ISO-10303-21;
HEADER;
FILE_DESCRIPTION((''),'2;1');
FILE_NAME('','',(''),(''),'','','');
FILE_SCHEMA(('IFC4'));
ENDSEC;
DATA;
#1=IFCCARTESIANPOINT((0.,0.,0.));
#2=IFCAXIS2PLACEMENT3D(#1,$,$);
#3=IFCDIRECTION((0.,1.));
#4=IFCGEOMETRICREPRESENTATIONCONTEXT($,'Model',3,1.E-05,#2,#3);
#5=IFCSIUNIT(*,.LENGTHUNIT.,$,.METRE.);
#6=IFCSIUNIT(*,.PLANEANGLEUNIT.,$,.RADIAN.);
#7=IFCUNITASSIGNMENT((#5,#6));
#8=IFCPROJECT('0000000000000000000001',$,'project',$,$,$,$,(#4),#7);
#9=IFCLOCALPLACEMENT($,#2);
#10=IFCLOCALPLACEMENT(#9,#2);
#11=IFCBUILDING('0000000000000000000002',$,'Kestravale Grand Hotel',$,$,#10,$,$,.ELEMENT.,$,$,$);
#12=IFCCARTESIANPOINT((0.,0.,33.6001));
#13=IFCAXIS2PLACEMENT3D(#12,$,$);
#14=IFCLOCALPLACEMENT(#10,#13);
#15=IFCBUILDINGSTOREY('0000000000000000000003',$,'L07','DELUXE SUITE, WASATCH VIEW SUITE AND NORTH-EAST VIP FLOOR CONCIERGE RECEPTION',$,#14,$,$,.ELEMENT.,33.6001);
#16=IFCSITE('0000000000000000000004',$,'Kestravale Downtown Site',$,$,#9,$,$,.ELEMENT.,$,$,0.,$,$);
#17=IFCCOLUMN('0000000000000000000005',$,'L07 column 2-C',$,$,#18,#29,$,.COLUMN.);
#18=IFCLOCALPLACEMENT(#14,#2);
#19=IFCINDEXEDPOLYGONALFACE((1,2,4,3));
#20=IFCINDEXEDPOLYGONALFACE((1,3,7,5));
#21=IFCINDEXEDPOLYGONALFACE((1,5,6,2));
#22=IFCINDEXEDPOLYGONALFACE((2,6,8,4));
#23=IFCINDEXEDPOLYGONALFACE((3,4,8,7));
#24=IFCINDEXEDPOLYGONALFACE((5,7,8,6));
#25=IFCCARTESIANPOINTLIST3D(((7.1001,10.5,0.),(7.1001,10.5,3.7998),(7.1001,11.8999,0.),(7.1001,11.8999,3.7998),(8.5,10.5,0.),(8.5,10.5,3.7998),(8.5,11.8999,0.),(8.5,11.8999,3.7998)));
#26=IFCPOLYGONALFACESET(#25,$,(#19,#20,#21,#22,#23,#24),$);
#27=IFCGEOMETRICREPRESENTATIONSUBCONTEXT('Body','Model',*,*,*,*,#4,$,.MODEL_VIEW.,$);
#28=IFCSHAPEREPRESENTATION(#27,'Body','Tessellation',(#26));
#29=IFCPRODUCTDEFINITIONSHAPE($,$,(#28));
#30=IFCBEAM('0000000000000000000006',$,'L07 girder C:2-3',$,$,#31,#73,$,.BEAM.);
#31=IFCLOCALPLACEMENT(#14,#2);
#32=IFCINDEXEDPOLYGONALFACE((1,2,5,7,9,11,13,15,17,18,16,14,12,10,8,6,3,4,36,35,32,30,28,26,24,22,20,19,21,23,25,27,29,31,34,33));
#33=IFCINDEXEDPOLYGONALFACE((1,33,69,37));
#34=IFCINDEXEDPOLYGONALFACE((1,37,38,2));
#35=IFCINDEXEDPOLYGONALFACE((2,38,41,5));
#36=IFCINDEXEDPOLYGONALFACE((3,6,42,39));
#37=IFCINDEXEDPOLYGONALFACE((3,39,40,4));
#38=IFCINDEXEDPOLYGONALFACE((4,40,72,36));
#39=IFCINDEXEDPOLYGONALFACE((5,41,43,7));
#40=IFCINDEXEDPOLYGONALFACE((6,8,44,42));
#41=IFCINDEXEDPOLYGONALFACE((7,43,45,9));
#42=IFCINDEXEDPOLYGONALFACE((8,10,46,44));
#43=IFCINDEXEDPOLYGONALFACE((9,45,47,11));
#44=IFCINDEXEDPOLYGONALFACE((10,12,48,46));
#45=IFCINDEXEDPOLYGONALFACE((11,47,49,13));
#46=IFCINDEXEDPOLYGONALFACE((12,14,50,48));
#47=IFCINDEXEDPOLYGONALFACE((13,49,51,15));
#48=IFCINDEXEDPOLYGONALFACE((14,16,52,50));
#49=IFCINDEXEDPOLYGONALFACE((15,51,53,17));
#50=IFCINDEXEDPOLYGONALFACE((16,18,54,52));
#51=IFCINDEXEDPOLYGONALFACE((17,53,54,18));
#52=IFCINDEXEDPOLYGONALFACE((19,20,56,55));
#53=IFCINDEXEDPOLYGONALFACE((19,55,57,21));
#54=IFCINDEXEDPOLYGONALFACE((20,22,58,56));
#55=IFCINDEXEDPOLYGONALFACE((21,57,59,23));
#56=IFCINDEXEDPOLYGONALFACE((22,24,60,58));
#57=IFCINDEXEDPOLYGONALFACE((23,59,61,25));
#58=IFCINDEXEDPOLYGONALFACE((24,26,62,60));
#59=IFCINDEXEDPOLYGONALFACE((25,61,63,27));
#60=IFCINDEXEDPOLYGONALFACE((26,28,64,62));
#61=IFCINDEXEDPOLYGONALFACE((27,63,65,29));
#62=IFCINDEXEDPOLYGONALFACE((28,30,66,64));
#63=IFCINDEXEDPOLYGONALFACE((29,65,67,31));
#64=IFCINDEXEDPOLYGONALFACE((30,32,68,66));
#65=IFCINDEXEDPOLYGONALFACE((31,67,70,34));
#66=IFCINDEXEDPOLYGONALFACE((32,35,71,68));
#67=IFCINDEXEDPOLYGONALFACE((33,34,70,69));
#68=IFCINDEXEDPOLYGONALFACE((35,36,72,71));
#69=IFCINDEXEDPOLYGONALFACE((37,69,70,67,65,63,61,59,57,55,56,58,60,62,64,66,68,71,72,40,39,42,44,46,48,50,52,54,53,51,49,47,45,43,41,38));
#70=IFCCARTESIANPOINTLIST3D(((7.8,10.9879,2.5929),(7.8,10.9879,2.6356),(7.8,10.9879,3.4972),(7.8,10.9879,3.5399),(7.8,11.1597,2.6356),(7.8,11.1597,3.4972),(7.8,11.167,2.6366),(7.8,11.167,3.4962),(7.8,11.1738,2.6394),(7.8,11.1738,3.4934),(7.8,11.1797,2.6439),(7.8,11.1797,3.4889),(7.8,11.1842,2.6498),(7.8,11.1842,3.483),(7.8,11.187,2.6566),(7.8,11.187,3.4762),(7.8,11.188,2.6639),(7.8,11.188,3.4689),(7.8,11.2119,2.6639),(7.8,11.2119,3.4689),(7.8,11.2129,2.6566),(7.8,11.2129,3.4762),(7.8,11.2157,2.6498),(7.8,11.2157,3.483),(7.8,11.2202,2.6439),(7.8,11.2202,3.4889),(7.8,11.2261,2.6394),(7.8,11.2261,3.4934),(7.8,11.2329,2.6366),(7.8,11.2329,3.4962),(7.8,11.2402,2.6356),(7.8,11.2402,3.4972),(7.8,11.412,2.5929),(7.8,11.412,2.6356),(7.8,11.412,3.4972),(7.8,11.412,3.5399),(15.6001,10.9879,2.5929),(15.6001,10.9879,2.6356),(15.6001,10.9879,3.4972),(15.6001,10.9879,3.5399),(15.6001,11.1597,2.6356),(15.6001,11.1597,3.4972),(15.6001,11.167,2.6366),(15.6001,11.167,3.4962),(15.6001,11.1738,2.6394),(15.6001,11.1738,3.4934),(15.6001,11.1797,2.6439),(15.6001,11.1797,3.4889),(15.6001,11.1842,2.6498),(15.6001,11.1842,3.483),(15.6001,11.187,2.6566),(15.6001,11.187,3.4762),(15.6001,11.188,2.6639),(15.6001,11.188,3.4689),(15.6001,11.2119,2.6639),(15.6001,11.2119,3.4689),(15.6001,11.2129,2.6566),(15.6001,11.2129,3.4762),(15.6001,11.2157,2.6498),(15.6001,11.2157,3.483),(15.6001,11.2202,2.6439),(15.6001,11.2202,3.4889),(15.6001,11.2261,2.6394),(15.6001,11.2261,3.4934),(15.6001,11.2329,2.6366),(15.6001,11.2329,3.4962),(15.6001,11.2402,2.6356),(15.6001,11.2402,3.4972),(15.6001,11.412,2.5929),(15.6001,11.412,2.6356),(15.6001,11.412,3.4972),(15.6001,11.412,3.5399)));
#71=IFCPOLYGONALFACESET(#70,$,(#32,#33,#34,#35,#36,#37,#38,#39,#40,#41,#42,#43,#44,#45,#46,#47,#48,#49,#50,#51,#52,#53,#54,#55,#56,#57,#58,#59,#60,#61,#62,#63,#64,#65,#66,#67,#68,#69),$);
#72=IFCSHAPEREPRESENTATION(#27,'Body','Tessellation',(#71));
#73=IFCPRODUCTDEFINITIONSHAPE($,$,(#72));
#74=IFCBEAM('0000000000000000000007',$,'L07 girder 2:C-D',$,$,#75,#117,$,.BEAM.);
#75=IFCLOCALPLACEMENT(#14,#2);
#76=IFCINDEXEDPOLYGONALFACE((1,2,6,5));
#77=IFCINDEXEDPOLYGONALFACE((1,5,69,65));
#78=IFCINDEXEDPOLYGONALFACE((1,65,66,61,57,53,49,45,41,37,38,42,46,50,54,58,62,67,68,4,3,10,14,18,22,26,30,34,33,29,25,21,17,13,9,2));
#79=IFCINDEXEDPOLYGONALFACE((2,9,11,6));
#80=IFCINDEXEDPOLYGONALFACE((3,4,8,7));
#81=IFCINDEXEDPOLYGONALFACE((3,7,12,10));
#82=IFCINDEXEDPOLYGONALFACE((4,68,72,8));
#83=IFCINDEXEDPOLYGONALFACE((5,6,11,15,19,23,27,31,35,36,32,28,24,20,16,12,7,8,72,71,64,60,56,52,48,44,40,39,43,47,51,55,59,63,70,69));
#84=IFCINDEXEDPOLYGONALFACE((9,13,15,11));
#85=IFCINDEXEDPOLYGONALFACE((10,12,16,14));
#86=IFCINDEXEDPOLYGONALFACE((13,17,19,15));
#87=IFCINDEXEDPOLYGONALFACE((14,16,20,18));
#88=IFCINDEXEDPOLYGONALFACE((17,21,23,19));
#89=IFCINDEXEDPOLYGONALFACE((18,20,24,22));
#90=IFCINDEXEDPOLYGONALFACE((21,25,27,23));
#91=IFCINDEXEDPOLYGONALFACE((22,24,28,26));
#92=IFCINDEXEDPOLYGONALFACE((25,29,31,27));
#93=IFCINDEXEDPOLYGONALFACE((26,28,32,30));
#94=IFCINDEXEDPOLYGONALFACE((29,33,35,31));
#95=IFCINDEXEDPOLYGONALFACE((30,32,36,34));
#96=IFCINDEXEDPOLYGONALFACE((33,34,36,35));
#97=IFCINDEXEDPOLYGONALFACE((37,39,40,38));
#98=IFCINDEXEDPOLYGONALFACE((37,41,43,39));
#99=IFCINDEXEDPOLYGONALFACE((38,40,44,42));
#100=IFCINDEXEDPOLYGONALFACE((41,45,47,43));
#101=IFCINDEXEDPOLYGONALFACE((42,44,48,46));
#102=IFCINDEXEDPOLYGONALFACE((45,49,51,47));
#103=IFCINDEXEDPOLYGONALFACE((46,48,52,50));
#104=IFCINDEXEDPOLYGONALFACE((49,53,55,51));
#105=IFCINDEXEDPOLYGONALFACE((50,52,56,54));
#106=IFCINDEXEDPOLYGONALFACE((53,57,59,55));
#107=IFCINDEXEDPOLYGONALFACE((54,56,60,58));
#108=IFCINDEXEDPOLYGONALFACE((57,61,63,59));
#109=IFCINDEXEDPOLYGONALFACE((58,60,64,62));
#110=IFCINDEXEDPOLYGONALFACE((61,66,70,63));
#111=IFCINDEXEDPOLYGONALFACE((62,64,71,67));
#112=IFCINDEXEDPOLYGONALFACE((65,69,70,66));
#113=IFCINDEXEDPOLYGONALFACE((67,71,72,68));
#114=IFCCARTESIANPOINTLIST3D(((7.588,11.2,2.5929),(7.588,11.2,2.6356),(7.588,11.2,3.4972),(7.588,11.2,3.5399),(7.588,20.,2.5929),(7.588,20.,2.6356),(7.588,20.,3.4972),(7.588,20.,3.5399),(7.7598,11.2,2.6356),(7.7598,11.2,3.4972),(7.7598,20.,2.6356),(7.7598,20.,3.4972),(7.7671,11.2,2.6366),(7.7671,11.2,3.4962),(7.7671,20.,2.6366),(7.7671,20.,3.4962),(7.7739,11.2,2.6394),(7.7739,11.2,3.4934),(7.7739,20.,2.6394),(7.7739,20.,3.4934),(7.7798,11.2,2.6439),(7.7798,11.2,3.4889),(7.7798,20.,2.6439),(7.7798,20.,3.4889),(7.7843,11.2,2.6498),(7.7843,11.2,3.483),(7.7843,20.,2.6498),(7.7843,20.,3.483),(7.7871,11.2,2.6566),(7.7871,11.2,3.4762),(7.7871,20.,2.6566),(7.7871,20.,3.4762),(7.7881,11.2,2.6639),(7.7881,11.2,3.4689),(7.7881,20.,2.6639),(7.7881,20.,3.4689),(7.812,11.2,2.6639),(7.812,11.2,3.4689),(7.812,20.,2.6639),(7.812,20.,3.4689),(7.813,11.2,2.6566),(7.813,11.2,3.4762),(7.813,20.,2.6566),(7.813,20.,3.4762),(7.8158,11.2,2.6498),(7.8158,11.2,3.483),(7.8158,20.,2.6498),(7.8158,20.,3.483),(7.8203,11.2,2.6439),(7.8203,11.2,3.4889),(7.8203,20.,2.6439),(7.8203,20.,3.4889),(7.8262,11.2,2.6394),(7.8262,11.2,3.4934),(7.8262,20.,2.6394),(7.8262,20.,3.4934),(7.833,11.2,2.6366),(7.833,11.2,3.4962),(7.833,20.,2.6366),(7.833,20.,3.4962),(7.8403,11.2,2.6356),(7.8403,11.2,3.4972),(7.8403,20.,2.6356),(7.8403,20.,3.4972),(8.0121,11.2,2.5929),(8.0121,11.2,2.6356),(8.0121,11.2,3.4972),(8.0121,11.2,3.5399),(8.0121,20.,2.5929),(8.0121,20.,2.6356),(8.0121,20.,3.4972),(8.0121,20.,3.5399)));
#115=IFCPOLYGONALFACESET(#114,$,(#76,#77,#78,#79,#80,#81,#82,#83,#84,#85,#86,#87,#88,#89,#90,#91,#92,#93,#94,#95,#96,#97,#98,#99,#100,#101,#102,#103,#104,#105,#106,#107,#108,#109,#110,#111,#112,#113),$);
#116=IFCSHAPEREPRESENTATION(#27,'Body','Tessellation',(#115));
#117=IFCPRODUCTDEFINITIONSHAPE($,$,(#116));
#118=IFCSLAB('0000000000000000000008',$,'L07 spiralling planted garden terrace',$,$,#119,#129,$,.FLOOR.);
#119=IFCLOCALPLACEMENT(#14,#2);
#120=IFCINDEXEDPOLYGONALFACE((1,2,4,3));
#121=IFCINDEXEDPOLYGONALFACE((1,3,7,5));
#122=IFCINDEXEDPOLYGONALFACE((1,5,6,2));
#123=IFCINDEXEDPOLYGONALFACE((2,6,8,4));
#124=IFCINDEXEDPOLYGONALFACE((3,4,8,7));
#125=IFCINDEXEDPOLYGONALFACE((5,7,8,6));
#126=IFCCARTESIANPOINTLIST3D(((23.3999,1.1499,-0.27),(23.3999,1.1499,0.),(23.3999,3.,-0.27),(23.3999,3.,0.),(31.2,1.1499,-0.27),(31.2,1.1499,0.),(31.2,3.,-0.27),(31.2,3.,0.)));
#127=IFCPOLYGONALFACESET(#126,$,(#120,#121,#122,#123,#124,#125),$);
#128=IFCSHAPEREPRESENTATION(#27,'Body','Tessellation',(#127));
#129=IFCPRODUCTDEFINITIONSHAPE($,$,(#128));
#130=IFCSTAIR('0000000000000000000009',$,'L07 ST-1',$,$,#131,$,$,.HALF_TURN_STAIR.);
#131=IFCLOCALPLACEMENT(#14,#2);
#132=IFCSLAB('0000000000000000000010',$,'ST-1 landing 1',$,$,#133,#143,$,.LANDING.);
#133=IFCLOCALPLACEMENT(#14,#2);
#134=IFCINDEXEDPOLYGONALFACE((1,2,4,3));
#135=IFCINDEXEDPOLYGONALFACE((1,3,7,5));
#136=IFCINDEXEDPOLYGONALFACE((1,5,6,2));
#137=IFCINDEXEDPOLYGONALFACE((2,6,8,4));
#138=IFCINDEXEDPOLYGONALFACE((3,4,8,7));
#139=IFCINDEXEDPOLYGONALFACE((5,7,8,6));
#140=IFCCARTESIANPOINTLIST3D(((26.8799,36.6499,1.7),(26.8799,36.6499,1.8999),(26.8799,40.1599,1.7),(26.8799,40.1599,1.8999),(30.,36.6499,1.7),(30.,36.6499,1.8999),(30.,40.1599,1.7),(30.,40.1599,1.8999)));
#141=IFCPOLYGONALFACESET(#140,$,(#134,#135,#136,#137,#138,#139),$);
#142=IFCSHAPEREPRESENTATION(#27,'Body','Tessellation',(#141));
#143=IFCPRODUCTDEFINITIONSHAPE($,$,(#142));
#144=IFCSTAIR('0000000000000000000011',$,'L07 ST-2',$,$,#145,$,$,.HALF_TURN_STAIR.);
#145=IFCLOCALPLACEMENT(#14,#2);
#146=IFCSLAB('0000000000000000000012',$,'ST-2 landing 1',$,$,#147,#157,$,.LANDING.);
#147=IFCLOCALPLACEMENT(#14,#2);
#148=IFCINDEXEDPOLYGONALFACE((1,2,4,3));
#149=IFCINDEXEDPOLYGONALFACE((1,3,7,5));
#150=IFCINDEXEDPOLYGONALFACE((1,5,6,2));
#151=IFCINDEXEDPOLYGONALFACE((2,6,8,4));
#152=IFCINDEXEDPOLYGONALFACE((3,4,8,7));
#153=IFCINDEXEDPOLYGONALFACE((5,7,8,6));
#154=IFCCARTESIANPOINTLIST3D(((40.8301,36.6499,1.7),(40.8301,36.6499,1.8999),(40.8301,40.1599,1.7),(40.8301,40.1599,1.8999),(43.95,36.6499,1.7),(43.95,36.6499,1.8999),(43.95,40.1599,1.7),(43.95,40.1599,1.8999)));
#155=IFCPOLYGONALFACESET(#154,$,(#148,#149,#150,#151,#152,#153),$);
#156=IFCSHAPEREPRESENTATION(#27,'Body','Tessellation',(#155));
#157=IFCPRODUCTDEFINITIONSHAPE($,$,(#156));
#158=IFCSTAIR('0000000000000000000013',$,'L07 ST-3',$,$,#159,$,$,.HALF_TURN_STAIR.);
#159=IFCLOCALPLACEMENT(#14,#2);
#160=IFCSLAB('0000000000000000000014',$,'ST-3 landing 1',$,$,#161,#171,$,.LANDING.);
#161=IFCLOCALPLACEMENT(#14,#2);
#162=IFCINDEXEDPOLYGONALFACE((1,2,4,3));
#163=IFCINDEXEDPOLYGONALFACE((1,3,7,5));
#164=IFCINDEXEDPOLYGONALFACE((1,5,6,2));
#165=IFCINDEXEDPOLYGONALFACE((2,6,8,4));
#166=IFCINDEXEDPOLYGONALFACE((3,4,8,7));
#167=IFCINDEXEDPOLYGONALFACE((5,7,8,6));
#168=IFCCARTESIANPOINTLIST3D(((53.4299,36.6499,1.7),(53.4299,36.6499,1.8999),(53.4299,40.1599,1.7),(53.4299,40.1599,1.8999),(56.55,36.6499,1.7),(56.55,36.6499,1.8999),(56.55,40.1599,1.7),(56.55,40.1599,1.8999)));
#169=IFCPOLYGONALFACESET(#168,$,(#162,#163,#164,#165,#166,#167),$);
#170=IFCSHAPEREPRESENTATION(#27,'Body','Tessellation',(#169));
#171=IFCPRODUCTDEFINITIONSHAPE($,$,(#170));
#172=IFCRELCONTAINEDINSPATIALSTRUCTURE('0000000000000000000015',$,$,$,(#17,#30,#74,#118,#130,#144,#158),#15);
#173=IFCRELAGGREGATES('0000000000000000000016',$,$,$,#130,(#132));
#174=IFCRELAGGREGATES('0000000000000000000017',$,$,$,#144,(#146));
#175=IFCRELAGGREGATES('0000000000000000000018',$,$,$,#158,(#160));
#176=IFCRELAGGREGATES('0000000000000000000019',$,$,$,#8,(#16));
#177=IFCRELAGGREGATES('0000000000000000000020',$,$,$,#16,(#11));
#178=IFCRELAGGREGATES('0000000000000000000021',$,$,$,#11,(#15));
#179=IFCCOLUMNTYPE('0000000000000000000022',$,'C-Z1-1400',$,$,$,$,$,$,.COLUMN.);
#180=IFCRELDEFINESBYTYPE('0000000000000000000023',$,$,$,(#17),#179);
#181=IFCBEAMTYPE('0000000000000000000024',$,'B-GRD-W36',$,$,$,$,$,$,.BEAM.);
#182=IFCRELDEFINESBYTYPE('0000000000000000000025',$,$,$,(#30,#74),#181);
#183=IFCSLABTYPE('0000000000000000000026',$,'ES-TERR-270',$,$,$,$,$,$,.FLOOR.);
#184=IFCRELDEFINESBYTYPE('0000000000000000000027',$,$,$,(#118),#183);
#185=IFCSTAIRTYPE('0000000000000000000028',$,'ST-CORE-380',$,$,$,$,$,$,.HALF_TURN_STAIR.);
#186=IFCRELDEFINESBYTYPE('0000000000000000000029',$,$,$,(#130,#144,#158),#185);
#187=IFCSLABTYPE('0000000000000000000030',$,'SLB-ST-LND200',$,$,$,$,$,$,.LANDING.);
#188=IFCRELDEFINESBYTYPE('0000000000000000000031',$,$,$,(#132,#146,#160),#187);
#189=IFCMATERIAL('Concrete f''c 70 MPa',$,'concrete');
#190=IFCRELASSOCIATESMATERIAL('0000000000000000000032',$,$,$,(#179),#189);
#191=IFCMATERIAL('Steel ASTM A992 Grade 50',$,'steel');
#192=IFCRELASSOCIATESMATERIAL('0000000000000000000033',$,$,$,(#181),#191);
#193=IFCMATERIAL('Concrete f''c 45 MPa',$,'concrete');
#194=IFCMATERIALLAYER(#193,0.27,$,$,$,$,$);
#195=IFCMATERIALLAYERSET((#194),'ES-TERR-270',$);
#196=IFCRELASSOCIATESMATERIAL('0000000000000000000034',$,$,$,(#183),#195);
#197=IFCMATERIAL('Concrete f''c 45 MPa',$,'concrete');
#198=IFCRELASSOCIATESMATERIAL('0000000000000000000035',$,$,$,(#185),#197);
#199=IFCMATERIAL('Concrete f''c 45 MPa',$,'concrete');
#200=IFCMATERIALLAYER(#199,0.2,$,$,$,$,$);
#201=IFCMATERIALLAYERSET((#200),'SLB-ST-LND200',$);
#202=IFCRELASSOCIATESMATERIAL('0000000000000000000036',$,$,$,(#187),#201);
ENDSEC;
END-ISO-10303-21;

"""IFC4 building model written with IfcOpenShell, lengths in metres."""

from ifc_helpers import new_model, si_unit, direction, frame, origin, origin_2d, place, context, subcontext, project, spatial, polyline, rectangle, i_section, outline, extrude, material, layer, layer_set, material_profile, profile_set, type_object, element, aggregate, save


model = new_model("IFC4")

# Units and contexts
model_context = context("Model", 3, precision=1e-05, world=origin(), true_north=direction((0.0, 1.0)))
body_context = subcontext(model_context, "Body", "Model", "MODEL_VIEW")
ifc_project = project(units=[si_unit("LENGTHUNIT", "METRE"), si_unit("PLANEANGLEUNIT", "RADIAN")], contexts=[model_context])

# Site, building, storey
site_placement = place(None, origin())
site = spatial("IfcSite", under=ifc_project, at=site_placement, Name="Kestravale Downtown Site", CompositionType="ELEMENT", RefElevation=0.0)
building_placement = place(site_placement, origin())
building = spatial("IfcBuilding", under=site, at=building_placement, Name="Kestravale Grand Hotel", CompositionType="ELEMENT")
storey_placement = place(building_placement, frame((0.0, 0.0, 33.6001)))
storey = spatial("IfcBuildingStorey", under=building, at=storey_placement, Name="L07", Description="DELUXE SUITE, WASATCH VIEW SUITE AND NORTH-EAST VIP FLOOR CONCIERGE RECEPTION", CompositionType="ELEMENT", Elevation=33.6001)

# Column
ifc_material_1 = material(Name="Concrete f'c 70 MPa", Category="concrete")
ifc_material_profile_1 = material_profile(ifc_material_1, rectangle(XDim=1.3999, YDim=1.3999, at=origin_2d()))
ifc_profile_set_1 = profile_set([ifc_material_profile_1], Name="Concrete f'c 70 MPa")
column_type = type_object("IfcColumnType", Name="C-Z1-1400", PredefinedType="COLUMN", material=ifc_profile_set_1)
column_placement = place(storey_placement, frame((7.8, 11.2, 0.0), z_axis=(0.0, 0.0, 1.0), x_axis=(1.0, 0.0, 0.0)))
element("IfcColumn", 1, at=column_placement, inside=storey, type_object=column_type, Name="L07 column 2-C", PredefinedType="COLUMN", context=body_context, shape_type="SweptSolid", body=[
    extrude(rectangle(XDim=1.3999, YDim=1.3999, at=origin_2d()), origin(), (0.0, 0.0, 1.0), 3.7998),
])

# Beams
ifc_material_2 = material(Name="Steel ASTM A992 Grade 50", Category="steel")
ifc_material_profile_2 = material_profile(ifc_material_2, i_section(OverallWidth=0.4241, OverallDepth=0.947, WebThickness=0.0239, FlangeThickness=0.0427, FilletRadius=0.0283, at=origin_2d()))
ifc_profile_set_2 = profile_set([ifc_material_profile_2], Name="Steel ASTM A992 Grade 50")
beam_type = type_object("IfcBeamType", Name="B-GRD-W36", PredefinedType="BEAM", material=ifc_profile_set_2)
beam_1_placement = place(storey_placement, frame((7.8, 11.2, 3.0664), z_axis=(1.0, 0.0, 0.0), x_axis=(0.0, 1.0, 0.0)))
element("IfcBeam", 2, at=beam_1_placement, inside=storey, type_object=beam_type, Name="L07 girder C:2-3", PredefinedType="BEAM", context=body_context, shape_type="SweptSolid", body=[
    extrude(i_section(OverallWidth=0.4241, OverallDepth=0.947, WebThickness=0.0239, FlangeThickness=0.0427, FilletRadius=0.0283, at=origin_2d()), origin(), (0.0, 0.0, 1.0), 7.8),
])
beam_2_placement = place(storey_placement, frame((7.8, 11.2, 3.0664), z_axis=(0.0, 1.0, 0.0), x_axis=(-1.0, 0.0, 0.0)))
element("IfcBeam", 3, at=beam_2_placement, inside=storey, type_object=beam_type, Name="L07 girder 2:C-D", PredefinedType="BEAM", context=body_context, shape_type="SweptSolid", body=[
    extrude(i_section(OverallWidth=0.4241, OverallDepth=0.947, WebThickness=0.0239, FlangeThickness=0.0427, FilletRadius=0.0283, at=origin_2d()), origin(), (0.0, 0.0, 1.0), 8.8),
])

# Slab
ifc_material_3 = material(Name="Concrete f'c 45 MPa", Category="concrete")
ifc_layer_1 = layer(ifc_material_3, 0.27)
ifc_layer_set_1 = layer_set([ifc_layer_1], Name="ES-TERR-270")
slab_type_1 = type_object("IfcSlabType", Name="ES-TERR-270", PredefinedType="FLOOR", material=ifc_layer_set_1)
slab_1_placement = place(storey_placement, frame((0.0, 0.0, -0.27)))
element("IfcSlab", 4, at=slab_1_placement, inside=storey, type_object=slab_type_1, Name="L07 spiralling planted garden terrace", PredefinedType="FLOOR", context=body_context, shape_type="SweptSolid", body=[
    extrude(outline(polyline([(23.3999, 1.1499), (31.2, 1.1499), (31.2, 3.0), (23.3999, 3.0), (23.3999, 1.1499)])), origin(), (0.0, 0.0, 1.0), 0.27),
])

# Stairs, slabs
ifc_material_4 = material(Name="Concrete f'c 45 MPa", Category="concrete")
stair_type = type_object("IfcStairType", Name="ST-CORE-380", PredefinedType="HALF_TURN_STAIR", material=ifc_material_4)
stair_1_placement = place(storey_placement, origin())
stair_1 = element("IfcStair", 5, at=stair_1_placement, inside=storey, type_object=stair_type, Name="L07 ST-1", PredefinedType="HALF_TURN_STAIR")
ifc_material_5 = material(Name="Concrete f'c 45 MPa", Category="concrete")
ifc_layer_2 = layer(ifc_material_5, 0.2)
ifc_layer_set_2 = layer_set([ifc_layer_2], Name="SLB-ST-LND200")
slab_type_2 = type_object("IfcSlabType", Name="SLB-ST-LND200", PredefinedType="LANDING", material=ifc_layer_set_2)
slab_2_placement = place(storey_placement, frame((0.0, 0.0, 1.7)))
slab_2 = element("IfcSlab", 6, at=slab_2_placement, type_object=slab_type_2, Name="ST-1 landing 1", PredefinedType="LANDING", context=body_context, shape_type="SweptSolid", body=[
    extrude(outline(polyline([(26.8799, 36.6499), (30.0, 36.6499), (30.0, 40.1599), (26.8799, 40.1599), (26.8799, 36.6499)])), origin(), (0.0, 0.0, 1.0), 0.2),
])
aggregate(stair_1, [slab_2])
stair_2_placement = place(storey_placement, origin())
stair_2 = element("IfcStair", 7, at=stair_2_placement, inside=storey, type_object=stair_type, Name="L07 ST-2", PredefinedType="HALF_TURN_STAIR")
slab_3_placement = place(storey_placement, frame((0.0, 0.0, 1.7)))
slab_3 = element("IfcSlab", 8, at=slab_3_placement, type_object=slab_type_2, Name="ST-2 landing 1", PredefinedType="LANDING", context=body_context, shape_type="SweptSolid", body=[
    extrude(outline(polyline([(40.8301, 36.6499), (43.95, 36.6499), (43.95, 40.1599), (40.8301, 40.1599), (40.8301, 36.6499)])), origin(), (0.0, 0.0, 1.0), 0.2),
])
aggregate(stair_2, [slab_3])
stair_3_placement = place(storey_placement, origin())
stair_3 = element("IfcStair", 9, at=stair_3_placement, inside=storey, type_object=stair_type, Name="L07 ST-3", PredefinedType="HALF_TURN_STAIR")
slab_4_placement = place(storey_placement, frame((0.0, 0.0, 1.7)))
slab_4 = element("IfcSlab", 10, at=slab_4_placement, type_object=slab_type_2, Name="ST-3 landing 1", PredefinedType="LANDING", context=body_context, shape_type="SweptSolid", body=[
    extrude(outline(polyline([(53.4299, 36.6499), (56.55, 36.6499), (56.55, 40.1599), (53.4299, 40.1599), (53.4299, 36.6499)])), origin(), (0.0, 0.0, 1.0), 0.2),
])
aggregate(stair_3, [slab_4])

save(model, "model.ifc")
